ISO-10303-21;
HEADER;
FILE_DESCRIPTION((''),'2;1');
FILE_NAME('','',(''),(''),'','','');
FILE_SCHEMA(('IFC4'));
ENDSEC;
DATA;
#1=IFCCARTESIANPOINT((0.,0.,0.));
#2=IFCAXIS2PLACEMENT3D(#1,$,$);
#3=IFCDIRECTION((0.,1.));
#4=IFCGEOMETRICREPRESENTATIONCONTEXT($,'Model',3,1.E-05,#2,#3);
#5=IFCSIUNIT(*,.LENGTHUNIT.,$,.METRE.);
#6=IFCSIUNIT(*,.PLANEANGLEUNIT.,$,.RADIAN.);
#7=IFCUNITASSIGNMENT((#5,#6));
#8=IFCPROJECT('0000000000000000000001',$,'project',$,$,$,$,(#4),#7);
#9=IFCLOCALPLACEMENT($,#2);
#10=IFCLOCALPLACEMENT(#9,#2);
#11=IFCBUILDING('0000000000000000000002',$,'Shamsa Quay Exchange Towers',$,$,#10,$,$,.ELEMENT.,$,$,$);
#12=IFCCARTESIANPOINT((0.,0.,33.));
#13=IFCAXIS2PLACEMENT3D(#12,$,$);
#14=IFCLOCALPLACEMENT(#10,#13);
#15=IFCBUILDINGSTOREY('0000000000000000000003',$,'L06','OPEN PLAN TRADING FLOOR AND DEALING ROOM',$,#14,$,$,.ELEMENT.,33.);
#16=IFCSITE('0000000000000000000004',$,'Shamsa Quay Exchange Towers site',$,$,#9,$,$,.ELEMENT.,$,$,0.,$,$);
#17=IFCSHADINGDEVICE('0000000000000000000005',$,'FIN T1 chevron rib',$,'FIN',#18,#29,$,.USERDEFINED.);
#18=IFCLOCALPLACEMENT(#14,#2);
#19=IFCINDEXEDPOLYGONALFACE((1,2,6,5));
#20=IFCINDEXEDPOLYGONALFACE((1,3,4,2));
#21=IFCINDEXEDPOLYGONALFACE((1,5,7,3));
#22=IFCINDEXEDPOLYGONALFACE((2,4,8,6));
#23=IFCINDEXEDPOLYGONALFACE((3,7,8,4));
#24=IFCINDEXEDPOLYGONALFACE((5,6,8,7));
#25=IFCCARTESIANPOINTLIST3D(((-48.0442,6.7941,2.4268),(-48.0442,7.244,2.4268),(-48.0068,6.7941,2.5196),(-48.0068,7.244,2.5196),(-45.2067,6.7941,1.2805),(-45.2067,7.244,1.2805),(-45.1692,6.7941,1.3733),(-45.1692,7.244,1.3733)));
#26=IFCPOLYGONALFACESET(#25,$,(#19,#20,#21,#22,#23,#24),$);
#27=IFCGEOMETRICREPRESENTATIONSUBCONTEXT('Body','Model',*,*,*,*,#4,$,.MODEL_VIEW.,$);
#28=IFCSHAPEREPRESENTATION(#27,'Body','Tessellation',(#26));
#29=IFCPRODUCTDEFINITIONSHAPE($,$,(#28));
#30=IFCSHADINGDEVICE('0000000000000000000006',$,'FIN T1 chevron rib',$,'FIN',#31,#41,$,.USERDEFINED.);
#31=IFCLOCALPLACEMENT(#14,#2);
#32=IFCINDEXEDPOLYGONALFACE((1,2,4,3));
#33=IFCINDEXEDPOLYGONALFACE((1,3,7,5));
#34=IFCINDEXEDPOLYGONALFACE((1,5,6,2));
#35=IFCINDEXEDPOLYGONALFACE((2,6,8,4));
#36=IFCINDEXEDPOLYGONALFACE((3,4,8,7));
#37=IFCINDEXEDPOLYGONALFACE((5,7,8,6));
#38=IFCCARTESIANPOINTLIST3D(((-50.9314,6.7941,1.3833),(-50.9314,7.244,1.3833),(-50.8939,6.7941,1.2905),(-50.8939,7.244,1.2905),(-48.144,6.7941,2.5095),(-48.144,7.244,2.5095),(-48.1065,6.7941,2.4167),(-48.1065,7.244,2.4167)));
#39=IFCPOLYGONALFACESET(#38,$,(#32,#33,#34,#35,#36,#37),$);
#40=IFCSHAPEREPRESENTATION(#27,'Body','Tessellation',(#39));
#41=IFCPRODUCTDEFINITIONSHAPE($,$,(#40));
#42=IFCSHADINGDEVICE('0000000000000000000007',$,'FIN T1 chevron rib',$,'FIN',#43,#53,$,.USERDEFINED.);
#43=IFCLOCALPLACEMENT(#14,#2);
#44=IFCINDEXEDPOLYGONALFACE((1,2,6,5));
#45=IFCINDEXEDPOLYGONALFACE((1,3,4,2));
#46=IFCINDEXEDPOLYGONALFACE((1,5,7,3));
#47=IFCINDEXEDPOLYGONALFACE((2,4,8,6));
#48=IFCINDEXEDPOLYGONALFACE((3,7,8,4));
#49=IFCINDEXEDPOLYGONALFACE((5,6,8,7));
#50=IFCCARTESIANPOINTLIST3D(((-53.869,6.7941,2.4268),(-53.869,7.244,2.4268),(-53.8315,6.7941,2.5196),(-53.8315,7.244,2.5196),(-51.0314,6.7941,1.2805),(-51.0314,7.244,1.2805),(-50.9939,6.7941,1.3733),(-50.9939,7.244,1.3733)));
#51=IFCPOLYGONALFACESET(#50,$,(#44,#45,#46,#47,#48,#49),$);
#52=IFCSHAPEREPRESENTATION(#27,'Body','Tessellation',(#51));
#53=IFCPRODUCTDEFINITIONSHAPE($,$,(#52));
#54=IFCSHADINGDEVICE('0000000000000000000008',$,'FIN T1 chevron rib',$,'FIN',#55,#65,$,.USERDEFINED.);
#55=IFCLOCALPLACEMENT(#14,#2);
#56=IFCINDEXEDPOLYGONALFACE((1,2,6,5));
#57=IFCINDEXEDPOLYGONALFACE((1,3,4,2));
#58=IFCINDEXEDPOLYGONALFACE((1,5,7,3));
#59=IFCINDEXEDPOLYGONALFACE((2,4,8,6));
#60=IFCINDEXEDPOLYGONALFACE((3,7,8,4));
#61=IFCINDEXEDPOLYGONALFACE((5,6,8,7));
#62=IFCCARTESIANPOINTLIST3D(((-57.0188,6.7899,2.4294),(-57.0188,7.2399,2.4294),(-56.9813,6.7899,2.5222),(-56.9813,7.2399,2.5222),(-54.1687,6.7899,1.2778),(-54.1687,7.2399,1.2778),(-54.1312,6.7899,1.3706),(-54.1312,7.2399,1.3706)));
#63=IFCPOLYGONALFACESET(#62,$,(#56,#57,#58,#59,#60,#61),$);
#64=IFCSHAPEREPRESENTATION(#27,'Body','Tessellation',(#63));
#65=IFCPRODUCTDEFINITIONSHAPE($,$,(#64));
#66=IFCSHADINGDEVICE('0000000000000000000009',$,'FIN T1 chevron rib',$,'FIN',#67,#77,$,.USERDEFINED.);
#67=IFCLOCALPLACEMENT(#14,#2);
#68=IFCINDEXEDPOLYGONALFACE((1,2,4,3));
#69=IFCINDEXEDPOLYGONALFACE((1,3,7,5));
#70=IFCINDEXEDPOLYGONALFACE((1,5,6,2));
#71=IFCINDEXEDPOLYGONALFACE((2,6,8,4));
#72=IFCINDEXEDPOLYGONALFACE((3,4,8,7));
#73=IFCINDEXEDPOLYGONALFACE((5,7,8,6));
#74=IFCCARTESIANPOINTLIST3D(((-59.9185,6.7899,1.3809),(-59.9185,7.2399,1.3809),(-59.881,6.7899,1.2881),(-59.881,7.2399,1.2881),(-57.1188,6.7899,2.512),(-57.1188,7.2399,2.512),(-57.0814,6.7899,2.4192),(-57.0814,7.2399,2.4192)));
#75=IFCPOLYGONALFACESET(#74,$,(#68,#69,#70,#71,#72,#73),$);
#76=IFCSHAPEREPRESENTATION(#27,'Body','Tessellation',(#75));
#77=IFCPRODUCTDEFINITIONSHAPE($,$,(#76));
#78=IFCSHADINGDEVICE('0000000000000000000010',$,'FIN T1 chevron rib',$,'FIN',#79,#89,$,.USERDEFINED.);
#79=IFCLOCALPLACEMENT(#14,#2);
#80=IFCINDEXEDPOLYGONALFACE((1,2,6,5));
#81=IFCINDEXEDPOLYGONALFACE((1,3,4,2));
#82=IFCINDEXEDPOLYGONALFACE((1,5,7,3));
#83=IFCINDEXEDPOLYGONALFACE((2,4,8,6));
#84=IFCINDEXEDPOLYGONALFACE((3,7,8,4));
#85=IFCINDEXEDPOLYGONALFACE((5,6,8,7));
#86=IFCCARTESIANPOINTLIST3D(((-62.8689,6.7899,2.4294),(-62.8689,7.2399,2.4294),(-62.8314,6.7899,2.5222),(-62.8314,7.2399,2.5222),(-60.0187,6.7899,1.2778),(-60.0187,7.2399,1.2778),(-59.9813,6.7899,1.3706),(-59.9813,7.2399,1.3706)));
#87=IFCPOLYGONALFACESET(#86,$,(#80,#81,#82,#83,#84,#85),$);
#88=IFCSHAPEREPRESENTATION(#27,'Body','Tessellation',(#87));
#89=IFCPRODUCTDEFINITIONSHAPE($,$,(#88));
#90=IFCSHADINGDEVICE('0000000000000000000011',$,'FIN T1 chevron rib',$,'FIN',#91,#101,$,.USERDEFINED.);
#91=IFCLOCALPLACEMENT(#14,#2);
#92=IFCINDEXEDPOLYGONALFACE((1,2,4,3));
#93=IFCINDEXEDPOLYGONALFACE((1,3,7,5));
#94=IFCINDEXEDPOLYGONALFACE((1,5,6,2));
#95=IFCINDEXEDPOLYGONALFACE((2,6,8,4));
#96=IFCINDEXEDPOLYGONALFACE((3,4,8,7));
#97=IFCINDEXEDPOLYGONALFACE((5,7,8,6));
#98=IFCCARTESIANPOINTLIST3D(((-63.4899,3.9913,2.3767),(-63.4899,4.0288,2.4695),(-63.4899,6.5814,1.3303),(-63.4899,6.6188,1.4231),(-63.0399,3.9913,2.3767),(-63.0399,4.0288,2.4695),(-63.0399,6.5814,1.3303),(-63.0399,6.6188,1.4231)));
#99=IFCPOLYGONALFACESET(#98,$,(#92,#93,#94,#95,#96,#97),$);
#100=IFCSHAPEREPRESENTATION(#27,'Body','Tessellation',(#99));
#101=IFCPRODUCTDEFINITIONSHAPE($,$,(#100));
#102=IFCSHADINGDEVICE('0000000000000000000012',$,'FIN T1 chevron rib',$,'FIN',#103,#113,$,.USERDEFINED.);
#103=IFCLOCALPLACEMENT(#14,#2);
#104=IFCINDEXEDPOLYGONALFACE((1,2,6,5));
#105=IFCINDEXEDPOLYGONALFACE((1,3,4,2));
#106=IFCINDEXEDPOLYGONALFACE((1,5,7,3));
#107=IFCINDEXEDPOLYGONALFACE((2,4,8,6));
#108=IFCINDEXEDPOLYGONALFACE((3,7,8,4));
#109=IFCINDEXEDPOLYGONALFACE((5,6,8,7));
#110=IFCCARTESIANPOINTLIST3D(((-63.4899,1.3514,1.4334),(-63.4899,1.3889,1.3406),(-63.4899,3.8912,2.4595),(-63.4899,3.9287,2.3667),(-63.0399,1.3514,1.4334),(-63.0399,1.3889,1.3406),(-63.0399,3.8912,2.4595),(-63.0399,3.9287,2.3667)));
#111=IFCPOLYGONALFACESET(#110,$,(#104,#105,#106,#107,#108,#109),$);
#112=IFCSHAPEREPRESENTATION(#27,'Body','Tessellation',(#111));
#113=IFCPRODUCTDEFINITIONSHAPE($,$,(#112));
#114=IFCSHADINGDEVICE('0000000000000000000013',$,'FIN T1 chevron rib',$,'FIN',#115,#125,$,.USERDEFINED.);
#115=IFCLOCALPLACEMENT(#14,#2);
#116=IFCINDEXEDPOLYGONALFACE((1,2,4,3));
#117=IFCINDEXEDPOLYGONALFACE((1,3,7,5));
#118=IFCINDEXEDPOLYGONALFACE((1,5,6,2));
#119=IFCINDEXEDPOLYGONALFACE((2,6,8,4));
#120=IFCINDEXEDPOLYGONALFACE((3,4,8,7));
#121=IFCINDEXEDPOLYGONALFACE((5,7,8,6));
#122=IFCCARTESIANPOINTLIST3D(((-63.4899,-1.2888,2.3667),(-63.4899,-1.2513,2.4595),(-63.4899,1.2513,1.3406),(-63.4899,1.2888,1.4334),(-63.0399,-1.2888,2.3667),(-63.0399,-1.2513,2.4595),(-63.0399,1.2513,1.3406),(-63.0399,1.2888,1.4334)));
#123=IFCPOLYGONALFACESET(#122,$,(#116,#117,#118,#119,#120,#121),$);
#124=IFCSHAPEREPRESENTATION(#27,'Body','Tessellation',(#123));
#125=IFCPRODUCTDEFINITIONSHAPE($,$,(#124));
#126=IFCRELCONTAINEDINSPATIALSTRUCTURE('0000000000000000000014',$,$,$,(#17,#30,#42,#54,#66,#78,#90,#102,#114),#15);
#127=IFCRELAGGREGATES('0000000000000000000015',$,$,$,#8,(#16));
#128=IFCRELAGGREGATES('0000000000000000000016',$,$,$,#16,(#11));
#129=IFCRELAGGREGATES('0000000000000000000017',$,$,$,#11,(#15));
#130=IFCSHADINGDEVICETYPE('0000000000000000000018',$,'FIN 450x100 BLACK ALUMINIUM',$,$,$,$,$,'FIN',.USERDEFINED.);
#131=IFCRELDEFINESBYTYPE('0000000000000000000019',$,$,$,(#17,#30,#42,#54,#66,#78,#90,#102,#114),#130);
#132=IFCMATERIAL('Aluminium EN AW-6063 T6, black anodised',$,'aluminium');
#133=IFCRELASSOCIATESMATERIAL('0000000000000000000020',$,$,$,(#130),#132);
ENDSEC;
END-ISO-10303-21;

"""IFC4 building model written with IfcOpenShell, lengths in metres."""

from ifc_helpers import new_model, si_unit, direction, frame, origin, origin_2d, place, context, subcontext, project, spatial, rectangle, extrude, material, material_profile, profile_set, type_object, element, save


model = new_model("IFC4")

# Units and contexts
model_context = context("Model", 3, precision=1e-05, world=origin(), true_north=direction((0.0, 1.0)))
body_context = subcontext(model_context, "Body", "Model", "MODEL_VIEW")
ifc_project = project(units=[si_unit("LENGTHUNIT", "METRE"), si_unit("PLANEANGLEUNIT", "RADIAN")], contexts=[model_context])

# Site, building, storey
site_placement = place(None, origin())
site = spatial("IfcSite", under=ifc_project, at=site_placement, Name="Shamsa Quay Exchange Towers site", CompositionType="ELEMENT", RefElevation=0.0)
building_placement = place(site_placement, origin())
building = spatial("IfcBuilding", under=site, at=building_placement, Name="Shamsa Quay Exchange Towers", CompositionType="ELEMENT")
storey_placement = place(building_placement, frame((0.0, 0.0, 33.0)))
storey = spatial("IfcBuildingStorey", under=building, at=storey_placement, Name="L06", Description="OPEN PLAN TRADING FLOOR AND DEALING ROOM", CompositionType="ELEMENT", Elevation=33.0)

# Shared definitions
ifc_material_1 = material(Name="Aluminium EN AW-6063 T6, black anodised", Category="aluminium")

# Shading devices
ifc_material_profile_1 = material_profile(ifc_material_1, rectangle(XDim=0.45, YDim=0.1001, at=origin_2d()), Name="FIN450x100")
ifc_profile_set_1 = profile_set([ifc_material_profile_1], Name="Aluminium EN AW-6063 T6, black anodised")
shading_device_type = type_object("IfcShadingDeviceType", Name="FIN 450x100 BLACK ALUMINIUM", ElementType="FIN", PredefinedType="USERDEFINED", material=ifc_profile_set_1)
shading_device_1_placement = place(storey_placement, frame((-45.188, 7.019, 1.3269), z_axis=(-0.9272, 0.0, 0.374566), x_axis=(0.0, -1.0, 0.0)))
element("IfcShadingDevice", 1, at=shading_device_1_placement, inside=storey, type_object=shading_device_type, Name="FIN T1 chevron rib", ObjectType="FIN", PredefinedType="USERDEFINED", context=body_context, shape_type="SweptSolid", body=[
    extrude(rectangle(XDim=0.45, YDim=0.1001, at=origin_2d()), origin(), (0.0, 0.0, 1.0), 3.0603),
])
shading_device_2_placement = place(storey_placement, frame((-48.1252, 7.019, 2.4631), z_axis=(-0.927177, 0.0, -0.374623), x_axis=(0.0, -1.0, 0.0)))
element("IfcShadingDevice", 2, at=shading_device_2_placement, inside=storey, type_object=shading_device_type, Name="FIN T1 chevron rib", ObjectType="FIN", PredefinedType="USERDEFINED", context=body_context, shape_type="SweptSolid", body=[
    extrude(rectangle(XDim=0.45, YDim=0.1001, at=origin_2d()), origin(), (0.0, 0.0, 1.0), 3.0063),
])
shading_device_3_placement = place(storey_placement, frame((-51.0127, 7.019, 1.3269), z_axis=(-0.9272, 0.0, 0.374566), x_axis=(0.0, -1.0, 0.0)))
element("IfcShadingDevice", 3, at=shading_device_3_placement, inside=storey, type_object=shading_device_type, Name="FIN T1 chevron rib", ObjectType="FIN", PredefinedType="USERDEFINED", context=body_context, shape_type="SweptSolid", body=[
    extrude(rectangle(XDim=0.45, YDim=0.1001, at=origin_2d()), origin(), (0.0, 0.0, 1.0), 3.0603),
])
shading_device_4_placement = place(storey_placement, frame((-54.1499, 7.0149, 1.3242), z_axis=(-0.927173, 0.0, 0.374634), x_axis=(0.0, -1.0, 0.0)))
element("IfcShadingDevice", 4, at=shading_device_4_placement, inside=storey, type_object=shading_device_type, Name="FIN T1 chevron rib", ObjectType="FIN", PredefinedType="USERDEFINED", context=body_context, shape_type="SweptSolid", body=[
    extrude(rectangle(XDim=0.45, YDim=0.1001, at=origin_2d()), origin(), (0.0, 0.0, 1.0), 3.074),
])
shading_device_5_placement = place(storey_placement, frame((-57.1001, 7.0149, 2.4656), z_axis=(-0.927194, 0.0, -0.374581), x_axis=(0.0, -1.0, 0.0)))
element("IfcShadingDevice", 5, at=shading_device_5_placement, inside=storey, type_object=shading_device_type, Name="FIN T1 chevron rib", ObjectType="FIN", PredefinedType="USERDEFINED", context=body_context, shape_type="SweptSolid", body=[
    extrude(rectangle(XDim=0.45, YDim=0.1001, at=origin_2d()), origin(), (0.0, 0.0, 1.0), 3.0195),
])
shading_device_6_placement = place(storey_placement, frame((-60.0, 7.0149, 1.3242), z_axis=(-0.927173, 0.0, 0.374634), x_axis=(0.0, -1.0, 0.0)))
element("IfcShadingDevice", 6, at=shading_device_6_placement, inside=storey, type_object=shading_device_type, Name="FIN T1 chevron rib", ObjectType="FIN", PredefinedType="USERDEFINED", context=body_context, shape_type="SweptSolid", body=[
    extrude(rectangle(XDim=0.45, YDim=0.1001, at=origin_2d()), origin(), (0.0, 0.0, 1.0), 3.074),
])
shading_device_7_placement = place(storey_placement, frame((-63.2649, 6.6001, 1.3767), z_axis=(0.0, -0.927193, 0.374583), x_axis=(1.0, 0.0, 0.0)))
element("IfcShadingDevice", 7, at=shading_device_7_placement, inside=storey, type_object=shading_device_type, Name="FIN T1 chevron rib", ObjectType="FIN", PredefinedType="USERDEFINED", context=body_context, shape_type="SweptSolid", body=[
    extrude(rectangle(XDim=0.45, YDim=0.1001, at=origin_2d()), origin(), (0.0, 0.0, 1.0), 2.7935),
])
shading_device_8_placement = place(storey_placement, frame((-63.2649, 3.9099, 2.4131), z_axis=(0.0, -0.927186, -0.3746), x_axis=(1.0, 0.0, 0.0)))
element("IfcShadingDevice", 8, at=shading_device_8_placement, inside=storey, type_object=shading_device_type, Name="FIN T1 chevron rib", ObjectType="FIN", PredefinedType="USERDEFINED", context=body_context, shape_type="SweptSolid", body=[
    extrude(rectangle(XDim=0.45, YDim=0.1001, at=origin_2d()), origin(), (0.0, 0.0, 1.0), 2.7393),
])
shading_device_9_placement = place(storey_placement, frame((-63.2649, 1.27, 1.387), z_axis=(0.0, -0.927199, 0.374569), x_axis=(1.0, 0.0, 0.0)))
element("IfcShadingDevice", 9, at=shading_device_9_placement, inside=storey, type_object=shading_device_type, Name="FIN T1 chevron rib", ObjectType="FIN", PredefinedType="USERDEFINED", context=body_context, shape_type="SweptSolid", body=[
    extrude(rectangle(XDim=0.45, YDim=0.1001, at=origin_2d()), origin(), (0.0, 0.0, 1.0), 2.7395),
])

save(model, "model.ifc")
